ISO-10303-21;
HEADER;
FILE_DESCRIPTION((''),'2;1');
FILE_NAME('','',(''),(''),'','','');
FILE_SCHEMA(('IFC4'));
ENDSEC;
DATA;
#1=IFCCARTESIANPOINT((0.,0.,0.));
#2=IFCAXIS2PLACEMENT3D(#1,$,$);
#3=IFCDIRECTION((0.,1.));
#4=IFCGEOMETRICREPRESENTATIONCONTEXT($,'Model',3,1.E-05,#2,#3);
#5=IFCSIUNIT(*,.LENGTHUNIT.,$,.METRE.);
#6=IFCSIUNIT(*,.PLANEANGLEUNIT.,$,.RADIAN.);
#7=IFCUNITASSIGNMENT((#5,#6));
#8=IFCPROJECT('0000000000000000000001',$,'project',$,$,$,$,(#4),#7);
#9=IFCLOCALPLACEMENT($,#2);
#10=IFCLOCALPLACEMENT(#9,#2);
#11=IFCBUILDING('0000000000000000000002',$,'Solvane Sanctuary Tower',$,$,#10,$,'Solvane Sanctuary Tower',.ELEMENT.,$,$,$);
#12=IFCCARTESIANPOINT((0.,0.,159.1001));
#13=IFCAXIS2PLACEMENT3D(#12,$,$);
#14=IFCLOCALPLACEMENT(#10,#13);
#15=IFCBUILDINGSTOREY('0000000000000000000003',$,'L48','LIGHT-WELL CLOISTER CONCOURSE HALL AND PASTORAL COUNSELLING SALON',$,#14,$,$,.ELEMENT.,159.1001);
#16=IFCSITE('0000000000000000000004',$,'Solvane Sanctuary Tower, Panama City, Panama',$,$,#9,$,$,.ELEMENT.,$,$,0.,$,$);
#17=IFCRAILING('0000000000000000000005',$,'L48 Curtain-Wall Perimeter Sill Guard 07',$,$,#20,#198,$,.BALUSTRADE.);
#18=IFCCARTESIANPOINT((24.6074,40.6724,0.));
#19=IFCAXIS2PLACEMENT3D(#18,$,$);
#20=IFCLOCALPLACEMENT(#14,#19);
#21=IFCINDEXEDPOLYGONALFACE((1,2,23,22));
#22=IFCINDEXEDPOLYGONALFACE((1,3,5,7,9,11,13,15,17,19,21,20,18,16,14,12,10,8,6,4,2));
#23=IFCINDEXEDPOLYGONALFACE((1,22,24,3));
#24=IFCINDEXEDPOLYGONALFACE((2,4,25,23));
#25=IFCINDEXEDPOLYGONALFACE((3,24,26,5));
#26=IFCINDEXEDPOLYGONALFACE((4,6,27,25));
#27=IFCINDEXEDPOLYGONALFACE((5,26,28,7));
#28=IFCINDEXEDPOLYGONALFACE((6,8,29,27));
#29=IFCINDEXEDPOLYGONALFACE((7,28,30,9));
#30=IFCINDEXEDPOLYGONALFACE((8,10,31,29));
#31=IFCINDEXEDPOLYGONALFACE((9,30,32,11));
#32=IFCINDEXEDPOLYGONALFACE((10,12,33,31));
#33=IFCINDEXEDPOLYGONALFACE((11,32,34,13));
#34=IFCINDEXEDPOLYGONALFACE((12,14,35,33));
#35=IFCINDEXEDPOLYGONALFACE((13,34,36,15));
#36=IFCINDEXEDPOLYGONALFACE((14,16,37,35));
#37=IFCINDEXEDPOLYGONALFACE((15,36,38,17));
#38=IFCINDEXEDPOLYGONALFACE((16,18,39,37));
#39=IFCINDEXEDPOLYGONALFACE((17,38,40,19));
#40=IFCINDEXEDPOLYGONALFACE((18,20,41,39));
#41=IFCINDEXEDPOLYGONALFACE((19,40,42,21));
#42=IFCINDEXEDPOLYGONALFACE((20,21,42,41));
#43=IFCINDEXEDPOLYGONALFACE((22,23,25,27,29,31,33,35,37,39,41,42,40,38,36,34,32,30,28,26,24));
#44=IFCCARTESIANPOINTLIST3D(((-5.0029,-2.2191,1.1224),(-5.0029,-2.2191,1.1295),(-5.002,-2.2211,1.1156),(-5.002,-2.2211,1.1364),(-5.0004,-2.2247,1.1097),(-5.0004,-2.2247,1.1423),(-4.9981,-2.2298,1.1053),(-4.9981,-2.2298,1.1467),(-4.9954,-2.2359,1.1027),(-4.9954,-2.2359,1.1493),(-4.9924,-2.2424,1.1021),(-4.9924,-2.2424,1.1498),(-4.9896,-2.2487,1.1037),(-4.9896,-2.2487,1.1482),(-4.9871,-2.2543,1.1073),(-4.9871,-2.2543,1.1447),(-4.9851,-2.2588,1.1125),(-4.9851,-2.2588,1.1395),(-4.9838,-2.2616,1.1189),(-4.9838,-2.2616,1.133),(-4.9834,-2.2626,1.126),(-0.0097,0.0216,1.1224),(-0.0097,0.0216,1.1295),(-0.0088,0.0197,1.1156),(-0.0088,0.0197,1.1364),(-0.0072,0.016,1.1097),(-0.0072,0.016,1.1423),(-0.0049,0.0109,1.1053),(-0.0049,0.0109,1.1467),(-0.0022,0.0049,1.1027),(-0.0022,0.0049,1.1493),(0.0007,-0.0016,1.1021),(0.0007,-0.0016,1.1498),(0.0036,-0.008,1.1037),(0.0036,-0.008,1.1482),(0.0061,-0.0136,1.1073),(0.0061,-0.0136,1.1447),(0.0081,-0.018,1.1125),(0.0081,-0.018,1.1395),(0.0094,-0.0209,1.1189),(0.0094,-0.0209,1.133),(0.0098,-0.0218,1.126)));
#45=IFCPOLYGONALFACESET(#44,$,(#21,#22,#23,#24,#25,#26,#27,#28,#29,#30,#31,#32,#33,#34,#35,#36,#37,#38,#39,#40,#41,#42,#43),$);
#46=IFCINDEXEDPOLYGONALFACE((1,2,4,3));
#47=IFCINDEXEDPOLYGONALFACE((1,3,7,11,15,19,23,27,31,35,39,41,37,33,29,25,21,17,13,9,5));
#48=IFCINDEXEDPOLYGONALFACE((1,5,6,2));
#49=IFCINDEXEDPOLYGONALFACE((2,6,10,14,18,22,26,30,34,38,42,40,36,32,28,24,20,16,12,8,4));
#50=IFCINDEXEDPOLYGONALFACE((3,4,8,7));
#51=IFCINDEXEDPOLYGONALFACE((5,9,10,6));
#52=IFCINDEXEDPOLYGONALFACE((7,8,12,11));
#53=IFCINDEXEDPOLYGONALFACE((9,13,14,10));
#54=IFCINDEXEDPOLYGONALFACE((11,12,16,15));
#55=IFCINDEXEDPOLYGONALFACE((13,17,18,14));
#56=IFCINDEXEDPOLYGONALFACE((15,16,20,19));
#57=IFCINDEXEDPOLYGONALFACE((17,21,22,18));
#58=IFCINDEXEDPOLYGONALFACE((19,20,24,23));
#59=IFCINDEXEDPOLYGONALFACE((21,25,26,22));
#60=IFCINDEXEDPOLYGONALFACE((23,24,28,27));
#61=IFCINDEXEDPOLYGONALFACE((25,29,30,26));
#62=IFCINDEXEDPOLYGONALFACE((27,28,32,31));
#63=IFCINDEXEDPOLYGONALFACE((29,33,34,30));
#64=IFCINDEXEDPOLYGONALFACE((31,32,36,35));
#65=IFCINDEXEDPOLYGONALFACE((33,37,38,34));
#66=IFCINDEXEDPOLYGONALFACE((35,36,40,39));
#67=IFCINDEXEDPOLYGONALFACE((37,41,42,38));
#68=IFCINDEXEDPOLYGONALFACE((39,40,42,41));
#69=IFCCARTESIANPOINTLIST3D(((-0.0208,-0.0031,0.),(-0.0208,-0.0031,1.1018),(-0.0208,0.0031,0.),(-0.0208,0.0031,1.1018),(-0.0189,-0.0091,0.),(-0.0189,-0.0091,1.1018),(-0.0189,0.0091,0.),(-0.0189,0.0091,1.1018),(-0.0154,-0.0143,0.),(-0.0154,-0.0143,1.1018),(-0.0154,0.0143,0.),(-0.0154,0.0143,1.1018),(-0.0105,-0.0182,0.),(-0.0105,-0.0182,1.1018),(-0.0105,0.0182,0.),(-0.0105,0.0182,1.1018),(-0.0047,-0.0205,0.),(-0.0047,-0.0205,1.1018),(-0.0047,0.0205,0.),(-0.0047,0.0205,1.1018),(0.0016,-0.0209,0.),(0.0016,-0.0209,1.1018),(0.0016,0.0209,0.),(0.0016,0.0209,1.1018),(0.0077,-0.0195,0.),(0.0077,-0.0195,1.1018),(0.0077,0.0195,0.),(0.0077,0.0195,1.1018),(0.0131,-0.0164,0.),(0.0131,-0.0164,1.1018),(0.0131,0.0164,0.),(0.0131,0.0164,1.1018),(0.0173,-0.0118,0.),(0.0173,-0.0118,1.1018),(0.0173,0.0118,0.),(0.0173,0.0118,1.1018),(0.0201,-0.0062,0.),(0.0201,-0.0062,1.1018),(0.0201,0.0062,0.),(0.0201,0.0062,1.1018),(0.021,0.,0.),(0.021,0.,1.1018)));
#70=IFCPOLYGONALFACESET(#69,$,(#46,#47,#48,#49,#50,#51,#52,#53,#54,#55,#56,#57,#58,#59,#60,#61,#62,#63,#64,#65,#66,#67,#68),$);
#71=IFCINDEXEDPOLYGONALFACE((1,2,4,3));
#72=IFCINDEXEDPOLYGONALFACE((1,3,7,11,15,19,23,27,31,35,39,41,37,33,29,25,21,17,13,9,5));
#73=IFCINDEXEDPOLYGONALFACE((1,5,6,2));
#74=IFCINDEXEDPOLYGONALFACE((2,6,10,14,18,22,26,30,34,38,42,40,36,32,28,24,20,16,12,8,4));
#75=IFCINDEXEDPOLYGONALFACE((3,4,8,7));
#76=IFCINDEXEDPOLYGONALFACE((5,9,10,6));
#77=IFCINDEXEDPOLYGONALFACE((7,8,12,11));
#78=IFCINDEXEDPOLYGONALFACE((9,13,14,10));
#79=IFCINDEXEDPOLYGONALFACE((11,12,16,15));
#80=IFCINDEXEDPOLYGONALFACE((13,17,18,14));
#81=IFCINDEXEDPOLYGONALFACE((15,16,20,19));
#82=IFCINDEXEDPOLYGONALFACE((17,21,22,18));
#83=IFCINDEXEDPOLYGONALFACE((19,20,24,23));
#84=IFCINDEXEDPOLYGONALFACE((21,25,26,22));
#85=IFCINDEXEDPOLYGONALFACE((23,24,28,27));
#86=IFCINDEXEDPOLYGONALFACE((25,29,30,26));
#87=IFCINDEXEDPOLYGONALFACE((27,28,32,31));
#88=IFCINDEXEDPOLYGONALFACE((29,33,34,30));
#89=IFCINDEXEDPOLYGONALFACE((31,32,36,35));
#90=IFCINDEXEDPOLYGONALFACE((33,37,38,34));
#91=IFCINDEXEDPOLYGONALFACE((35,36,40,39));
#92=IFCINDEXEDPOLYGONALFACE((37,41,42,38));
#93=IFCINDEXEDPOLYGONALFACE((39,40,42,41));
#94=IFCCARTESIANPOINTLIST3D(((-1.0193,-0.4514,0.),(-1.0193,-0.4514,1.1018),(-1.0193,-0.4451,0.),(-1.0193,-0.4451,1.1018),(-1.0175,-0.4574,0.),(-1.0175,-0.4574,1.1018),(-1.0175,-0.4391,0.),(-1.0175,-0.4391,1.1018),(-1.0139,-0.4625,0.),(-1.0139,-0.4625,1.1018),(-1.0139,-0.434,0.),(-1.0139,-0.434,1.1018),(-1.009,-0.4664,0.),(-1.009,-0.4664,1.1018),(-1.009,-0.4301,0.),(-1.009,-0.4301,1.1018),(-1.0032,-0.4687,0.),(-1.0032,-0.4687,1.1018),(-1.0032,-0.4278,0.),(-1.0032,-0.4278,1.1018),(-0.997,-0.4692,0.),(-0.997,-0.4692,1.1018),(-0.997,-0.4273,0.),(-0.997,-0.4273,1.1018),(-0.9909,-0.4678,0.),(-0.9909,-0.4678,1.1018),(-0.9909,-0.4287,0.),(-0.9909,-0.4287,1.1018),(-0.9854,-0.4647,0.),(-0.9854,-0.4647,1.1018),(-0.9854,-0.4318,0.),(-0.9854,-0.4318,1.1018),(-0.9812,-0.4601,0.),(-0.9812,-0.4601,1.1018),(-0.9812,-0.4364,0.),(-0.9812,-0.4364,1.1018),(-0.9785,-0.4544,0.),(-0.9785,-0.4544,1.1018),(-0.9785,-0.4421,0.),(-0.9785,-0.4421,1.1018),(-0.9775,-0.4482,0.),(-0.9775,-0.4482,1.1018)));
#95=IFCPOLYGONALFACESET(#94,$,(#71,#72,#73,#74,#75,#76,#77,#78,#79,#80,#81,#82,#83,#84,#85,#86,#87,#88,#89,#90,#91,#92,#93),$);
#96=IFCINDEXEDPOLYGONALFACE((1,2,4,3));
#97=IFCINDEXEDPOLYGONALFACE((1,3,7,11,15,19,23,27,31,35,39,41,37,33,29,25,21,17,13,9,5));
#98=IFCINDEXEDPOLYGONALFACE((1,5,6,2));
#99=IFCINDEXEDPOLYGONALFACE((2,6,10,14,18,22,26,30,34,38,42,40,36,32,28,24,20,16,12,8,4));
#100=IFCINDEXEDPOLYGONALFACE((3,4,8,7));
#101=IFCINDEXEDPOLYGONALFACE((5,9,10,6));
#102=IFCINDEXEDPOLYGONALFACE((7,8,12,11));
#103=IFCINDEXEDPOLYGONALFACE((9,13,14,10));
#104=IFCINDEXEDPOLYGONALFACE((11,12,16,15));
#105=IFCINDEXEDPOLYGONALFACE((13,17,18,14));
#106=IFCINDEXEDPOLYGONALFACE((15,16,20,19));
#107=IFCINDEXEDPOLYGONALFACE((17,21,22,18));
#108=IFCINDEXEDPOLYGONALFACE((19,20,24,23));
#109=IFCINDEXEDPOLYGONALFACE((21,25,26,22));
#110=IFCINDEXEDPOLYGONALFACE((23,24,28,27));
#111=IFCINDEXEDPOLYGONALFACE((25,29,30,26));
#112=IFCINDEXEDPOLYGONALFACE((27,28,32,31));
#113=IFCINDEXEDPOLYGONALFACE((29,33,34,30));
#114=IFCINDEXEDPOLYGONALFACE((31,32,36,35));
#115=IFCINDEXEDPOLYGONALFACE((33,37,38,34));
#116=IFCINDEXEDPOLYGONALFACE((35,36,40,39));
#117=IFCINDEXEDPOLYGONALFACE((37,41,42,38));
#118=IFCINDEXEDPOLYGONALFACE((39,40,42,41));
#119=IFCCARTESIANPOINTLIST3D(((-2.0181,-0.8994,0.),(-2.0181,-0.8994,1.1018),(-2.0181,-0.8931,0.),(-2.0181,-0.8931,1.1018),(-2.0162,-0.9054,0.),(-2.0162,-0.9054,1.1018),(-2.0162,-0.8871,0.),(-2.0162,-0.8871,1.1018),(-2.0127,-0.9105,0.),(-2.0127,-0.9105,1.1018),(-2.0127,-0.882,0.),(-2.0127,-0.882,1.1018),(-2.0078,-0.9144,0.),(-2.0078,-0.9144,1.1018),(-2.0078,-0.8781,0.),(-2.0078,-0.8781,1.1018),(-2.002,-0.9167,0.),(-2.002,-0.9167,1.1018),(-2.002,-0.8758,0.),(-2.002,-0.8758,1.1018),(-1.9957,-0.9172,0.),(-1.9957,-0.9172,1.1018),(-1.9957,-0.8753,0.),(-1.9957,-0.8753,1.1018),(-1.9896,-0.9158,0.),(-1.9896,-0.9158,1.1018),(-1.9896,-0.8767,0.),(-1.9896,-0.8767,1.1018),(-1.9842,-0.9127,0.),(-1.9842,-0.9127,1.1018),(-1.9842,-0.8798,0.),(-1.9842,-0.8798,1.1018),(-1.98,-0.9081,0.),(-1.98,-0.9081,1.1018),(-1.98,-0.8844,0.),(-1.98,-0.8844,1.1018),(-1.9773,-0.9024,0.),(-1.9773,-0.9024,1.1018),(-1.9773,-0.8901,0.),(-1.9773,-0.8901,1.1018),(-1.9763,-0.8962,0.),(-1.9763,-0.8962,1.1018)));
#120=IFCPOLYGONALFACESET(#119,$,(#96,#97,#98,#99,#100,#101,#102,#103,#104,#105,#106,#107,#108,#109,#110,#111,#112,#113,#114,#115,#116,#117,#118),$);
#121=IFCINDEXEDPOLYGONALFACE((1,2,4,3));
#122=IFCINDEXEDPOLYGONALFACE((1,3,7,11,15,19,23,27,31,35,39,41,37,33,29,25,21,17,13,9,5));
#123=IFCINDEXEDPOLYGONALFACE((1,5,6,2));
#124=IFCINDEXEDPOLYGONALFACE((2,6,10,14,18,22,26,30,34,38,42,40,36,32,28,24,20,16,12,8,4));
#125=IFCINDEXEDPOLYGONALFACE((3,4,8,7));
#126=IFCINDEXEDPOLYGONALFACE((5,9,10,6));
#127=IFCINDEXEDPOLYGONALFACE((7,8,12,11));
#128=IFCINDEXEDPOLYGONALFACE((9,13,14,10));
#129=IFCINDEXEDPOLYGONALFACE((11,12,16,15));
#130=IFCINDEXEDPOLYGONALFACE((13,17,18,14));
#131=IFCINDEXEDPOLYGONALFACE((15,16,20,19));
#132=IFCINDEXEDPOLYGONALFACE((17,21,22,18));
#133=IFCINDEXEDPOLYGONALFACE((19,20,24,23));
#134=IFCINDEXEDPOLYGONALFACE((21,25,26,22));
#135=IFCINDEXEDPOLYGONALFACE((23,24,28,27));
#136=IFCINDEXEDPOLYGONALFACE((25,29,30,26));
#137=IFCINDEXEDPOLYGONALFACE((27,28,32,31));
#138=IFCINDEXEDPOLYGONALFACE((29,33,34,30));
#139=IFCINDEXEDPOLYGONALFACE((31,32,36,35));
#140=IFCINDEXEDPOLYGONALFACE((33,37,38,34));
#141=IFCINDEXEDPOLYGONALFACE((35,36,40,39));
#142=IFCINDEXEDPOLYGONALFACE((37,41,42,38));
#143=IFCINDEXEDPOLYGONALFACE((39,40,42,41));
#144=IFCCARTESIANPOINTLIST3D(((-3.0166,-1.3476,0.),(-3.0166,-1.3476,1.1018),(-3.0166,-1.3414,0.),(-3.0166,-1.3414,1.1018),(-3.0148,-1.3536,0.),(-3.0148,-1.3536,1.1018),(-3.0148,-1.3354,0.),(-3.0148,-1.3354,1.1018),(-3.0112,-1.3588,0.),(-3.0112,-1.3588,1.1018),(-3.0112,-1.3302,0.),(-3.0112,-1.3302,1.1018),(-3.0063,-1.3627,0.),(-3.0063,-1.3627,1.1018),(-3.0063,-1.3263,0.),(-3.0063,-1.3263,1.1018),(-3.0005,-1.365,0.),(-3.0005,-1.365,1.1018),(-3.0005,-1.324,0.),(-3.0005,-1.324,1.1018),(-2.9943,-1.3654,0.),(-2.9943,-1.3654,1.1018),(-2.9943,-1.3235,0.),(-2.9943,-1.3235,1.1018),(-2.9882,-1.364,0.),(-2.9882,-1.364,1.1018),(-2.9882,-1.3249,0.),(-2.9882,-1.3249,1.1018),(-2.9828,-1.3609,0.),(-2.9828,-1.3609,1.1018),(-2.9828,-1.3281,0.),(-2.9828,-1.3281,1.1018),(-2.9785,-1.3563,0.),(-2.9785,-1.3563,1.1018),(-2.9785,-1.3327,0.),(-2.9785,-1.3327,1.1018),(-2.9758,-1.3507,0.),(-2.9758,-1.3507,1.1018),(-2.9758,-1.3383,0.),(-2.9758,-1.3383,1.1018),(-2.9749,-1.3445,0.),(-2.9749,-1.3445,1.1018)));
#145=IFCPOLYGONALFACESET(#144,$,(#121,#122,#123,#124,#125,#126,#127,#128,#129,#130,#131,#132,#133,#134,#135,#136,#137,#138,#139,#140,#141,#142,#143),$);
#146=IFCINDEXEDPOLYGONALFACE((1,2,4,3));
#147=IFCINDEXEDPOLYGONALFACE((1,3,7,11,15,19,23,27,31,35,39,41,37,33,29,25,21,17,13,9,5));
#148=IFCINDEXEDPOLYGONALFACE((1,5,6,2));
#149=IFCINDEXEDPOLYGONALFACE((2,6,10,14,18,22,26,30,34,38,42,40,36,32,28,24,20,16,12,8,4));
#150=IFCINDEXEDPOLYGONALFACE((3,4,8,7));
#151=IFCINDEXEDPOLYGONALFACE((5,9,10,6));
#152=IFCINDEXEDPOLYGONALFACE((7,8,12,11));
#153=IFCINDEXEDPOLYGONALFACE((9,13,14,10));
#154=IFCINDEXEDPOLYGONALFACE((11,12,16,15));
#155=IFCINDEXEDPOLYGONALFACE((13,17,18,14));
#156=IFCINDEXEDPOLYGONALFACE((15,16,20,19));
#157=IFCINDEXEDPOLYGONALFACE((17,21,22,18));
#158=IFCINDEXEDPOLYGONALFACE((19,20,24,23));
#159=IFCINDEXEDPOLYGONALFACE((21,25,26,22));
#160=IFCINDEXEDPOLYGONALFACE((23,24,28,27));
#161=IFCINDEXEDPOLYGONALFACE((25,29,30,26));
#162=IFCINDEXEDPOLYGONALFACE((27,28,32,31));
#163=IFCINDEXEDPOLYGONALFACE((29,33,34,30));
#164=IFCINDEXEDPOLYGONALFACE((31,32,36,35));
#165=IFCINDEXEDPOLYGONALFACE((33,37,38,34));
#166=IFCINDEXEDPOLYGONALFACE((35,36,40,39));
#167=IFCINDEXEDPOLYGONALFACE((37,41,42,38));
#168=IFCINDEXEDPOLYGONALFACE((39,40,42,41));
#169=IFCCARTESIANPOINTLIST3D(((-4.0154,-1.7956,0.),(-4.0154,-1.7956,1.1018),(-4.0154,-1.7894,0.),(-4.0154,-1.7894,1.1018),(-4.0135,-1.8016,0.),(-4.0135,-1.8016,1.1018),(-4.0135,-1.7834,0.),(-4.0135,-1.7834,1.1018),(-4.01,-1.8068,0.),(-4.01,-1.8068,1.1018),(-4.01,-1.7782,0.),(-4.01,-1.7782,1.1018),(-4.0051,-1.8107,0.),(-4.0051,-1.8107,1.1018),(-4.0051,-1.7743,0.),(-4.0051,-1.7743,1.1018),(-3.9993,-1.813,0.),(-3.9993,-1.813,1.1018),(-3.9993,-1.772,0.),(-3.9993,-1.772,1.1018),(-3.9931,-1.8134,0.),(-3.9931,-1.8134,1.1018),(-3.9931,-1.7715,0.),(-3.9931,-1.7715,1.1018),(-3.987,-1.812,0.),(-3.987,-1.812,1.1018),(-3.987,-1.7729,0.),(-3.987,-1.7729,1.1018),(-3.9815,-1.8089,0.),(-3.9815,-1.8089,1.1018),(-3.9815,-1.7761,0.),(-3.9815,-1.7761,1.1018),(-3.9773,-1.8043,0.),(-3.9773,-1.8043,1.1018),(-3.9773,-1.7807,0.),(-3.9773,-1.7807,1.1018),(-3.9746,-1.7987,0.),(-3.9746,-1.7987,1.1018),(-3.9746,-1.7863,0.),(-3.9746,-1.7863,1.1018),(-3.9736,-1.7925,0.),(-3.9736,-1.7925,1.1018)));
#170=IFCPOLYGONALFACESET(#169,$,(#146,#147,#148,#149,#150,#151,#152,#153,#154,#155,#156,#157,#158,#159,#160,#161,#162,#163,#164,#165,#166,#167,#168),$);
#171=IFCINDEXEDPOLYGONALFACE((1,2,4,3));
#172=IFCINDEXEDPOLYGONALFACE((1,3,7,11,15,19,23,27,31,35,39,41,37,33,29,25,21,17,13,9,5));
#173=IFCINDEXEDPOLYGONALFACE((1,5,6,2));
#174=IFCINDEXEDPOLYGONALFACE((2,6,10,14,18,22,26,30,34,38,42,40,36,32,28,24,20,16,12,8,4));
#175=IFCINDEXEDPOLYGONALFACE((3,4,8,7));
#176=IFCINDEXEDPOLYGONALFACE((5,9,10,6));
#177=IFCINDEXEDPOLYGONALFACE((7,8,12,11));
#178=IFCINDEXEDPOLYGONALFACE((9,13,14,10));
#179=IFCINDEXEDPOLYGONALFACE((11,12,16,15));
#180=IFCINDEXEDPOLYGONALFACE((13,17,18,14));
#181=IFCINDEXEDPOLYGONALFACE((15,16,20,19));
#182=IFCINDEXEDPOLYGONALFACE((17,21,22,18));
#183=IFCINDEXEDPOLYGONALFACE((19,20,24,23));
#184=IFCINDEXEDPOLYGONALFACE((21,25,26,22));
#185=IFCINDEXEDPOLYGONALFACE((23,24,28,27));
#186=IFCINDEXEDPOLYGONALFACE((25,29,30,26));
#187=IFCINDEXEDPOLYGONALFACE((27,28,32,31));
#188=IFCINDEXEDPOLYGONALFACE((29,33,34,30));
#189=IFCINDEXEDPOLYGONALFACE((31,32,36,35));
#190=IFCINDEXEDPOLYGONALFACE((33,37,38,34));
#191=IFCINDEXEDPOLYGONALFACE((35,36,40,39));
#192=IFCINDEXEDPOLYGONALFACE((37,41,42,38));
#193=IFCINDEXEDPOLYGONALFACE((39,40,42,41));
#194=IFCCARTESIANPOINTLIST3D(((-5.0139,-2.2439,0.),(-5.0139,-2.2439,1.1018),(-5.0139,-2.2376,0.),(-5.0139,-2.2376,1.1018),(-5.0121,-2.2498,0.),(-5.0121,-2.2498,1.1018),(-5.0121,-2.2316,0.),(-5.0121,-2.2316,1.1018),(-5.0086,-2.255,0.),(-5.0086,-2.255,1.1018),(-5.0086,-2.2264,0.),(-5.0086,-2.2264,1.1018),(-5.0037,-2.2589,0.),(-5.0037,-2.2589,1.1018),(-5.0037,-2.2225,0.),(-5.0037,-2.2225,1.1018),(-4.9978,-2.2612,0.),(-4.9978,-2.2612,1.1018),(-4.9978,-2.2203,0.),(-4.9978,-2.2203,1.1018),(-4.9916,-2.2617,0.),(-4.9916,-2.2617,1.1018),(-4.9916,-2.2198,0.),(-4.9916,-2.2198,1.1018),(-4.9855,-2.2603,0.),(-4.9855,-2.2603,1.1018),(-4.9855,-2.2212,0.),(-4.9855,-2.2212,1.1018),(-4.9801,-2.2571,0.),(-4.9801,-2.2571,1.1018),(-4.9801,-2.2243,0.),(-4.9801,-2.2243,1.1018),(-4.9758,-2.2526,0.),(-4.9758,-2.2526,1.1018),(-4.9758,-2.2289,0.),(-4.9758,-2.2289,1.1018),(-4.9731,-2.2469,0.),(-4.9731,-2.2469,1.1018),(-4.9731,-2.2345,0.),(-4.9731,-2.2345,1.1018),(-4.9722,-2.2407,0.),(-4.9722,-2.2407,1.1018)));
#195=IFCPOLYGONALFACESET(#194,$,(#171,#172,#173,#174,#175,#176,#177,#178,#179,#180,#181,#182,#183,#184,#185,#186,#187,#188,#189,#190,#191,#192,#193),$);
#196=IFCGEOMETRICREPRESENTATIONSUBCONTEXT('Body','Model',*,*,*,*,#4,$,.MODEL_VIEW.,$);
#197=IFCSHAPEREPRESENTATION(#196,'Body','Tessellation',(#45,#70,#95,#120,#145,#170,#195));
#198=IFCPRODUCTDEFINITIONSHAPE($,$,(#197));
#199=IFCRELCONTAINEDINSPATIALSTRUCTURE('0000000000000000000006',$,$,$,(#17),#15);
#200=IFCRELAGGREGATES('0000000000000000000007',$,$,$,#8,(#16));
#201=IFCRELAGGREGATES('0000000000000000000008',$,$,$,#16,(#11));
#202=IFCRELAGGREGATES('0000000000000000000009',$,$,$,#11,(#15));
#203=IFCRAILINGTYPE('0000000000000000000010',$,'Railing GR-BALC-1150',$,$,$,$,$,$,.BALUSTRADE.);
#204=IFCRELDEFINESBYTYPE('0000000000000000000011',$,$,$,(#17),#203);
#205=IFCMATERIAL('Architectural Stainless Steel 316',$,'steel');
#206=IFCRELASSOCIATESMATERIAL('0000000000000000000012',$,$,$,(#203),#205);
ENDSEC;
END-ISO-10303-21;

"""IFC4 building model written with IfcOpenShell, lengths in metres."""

from ifc_helpers import new_model, si_unit, direction, frame, origin, origin_2d, place, context, subcontext, project, spatial, circle, extrude, material, type_object, element, save


model = new_model("IFC4")

# Units and contexts
model_context = context("Model", 3, precision=1e-05, world=origin(), true_north=direction((0.0, 1.0)))
body_context = subcontext(model_context, "Body", "Model", "MODEL_VIEW")
ifc_project = project(units=[si_unit("LENGTHUNIT", "METRE"), si_unit("PLANEANGLEUNIT", "RADIAN")], contexts=[model_context])

# Site, building, storey
site_placement = place(None, origin())
site = spatial("IfcSite", under=ifc_project, at=site_placement, Name="Solvane Sanctuary Tower, Panama City, Panama", CompositionType="ELEMENT", RefElevation=0.0)
building_placement = place(site_placement, origin())
building = spatial("IfcBuilding", under=site, at=building_placement, Name="Solvane Sanctuary Tower", LongName="Solvane Sanctuary Tower", CompositionType="ELEMENT")
storey_placement = place(building_placement, frame((0.0, 0.0, 159.1001)))
storey = spatial("IfcBuildingStorey", under=building, at=storey_placement, Name="L48", Description="LIGHT-WELL CLOISTER CONCOURSE HALL AND PASTORAL COUNSELLING SALON", CompositionType="ELEMENT", Elevation=159.1001)

# Railing
ifc_material_1 = material(Name="Architectural Stainless Steel 316", Category="steel")
railing_type = type_object("IfcRailingType", Name="Railing GR-BALC-1150", PredefinedType="BALUSTRADE", material=ifc_material_1)
railing_placement = place(storey_placement, frame((24.6074, 40.6724, 0.0)))
element("IfcRailing", 1, at=railing_placement, inside=storey, type_object=railing_type, Name="L48 Curtain-Wall Perimeter Sill Guard 07", PredefinedType="BALUSTRADE", context=body_context, shape_type="SweptSolid", body=[
    extrude(circle(Radius=0.0239, at=origin_2d()), frame((0.0, 0.0, 1.126), z_axis=(-0.912345, -0.409422, 0.0), x_axis=(0.409422, -0.912345, 0.0)), (0.0, 0.0, 1.0), 5.4729),
    extrude(circle(Radius=0.021, at=origin_2d()), origin(), (0.0, 0.0, 1.0), 1.1018),
    extrude(circle(Radius=0.021, at=origin_2d()), frame((-0.9985, -0.4482, 0.0)), (0.0, 0.0, 1.0), 1.1018),
    extrude(circle(Radius=0.021, at=origin_2d()), frame((-1.9973, -0.8962, 0.0)), (0.0, 0.0, 1.0), 1.1018),
    extrude(circle(Radius=0.021, at=origin_2d()), frame((-2.9958, -1.3445, 0.0)), (0.0, 0.0, 1.0), 1.1018),
    extrude(circle(Radius=0.021, at=origin_2d()), frame((-3.9946, -1.7925, 0.0)), (0.0, 0.0, 1.0), 1.1018),
    extrude(circle(Radius=0.021, at=origin_2d()), frame((-4.9932, -2.2407, 0.0)), (0.0, 0.0, 1.0), 1.1018),
])

save(model, "model.ifc")
